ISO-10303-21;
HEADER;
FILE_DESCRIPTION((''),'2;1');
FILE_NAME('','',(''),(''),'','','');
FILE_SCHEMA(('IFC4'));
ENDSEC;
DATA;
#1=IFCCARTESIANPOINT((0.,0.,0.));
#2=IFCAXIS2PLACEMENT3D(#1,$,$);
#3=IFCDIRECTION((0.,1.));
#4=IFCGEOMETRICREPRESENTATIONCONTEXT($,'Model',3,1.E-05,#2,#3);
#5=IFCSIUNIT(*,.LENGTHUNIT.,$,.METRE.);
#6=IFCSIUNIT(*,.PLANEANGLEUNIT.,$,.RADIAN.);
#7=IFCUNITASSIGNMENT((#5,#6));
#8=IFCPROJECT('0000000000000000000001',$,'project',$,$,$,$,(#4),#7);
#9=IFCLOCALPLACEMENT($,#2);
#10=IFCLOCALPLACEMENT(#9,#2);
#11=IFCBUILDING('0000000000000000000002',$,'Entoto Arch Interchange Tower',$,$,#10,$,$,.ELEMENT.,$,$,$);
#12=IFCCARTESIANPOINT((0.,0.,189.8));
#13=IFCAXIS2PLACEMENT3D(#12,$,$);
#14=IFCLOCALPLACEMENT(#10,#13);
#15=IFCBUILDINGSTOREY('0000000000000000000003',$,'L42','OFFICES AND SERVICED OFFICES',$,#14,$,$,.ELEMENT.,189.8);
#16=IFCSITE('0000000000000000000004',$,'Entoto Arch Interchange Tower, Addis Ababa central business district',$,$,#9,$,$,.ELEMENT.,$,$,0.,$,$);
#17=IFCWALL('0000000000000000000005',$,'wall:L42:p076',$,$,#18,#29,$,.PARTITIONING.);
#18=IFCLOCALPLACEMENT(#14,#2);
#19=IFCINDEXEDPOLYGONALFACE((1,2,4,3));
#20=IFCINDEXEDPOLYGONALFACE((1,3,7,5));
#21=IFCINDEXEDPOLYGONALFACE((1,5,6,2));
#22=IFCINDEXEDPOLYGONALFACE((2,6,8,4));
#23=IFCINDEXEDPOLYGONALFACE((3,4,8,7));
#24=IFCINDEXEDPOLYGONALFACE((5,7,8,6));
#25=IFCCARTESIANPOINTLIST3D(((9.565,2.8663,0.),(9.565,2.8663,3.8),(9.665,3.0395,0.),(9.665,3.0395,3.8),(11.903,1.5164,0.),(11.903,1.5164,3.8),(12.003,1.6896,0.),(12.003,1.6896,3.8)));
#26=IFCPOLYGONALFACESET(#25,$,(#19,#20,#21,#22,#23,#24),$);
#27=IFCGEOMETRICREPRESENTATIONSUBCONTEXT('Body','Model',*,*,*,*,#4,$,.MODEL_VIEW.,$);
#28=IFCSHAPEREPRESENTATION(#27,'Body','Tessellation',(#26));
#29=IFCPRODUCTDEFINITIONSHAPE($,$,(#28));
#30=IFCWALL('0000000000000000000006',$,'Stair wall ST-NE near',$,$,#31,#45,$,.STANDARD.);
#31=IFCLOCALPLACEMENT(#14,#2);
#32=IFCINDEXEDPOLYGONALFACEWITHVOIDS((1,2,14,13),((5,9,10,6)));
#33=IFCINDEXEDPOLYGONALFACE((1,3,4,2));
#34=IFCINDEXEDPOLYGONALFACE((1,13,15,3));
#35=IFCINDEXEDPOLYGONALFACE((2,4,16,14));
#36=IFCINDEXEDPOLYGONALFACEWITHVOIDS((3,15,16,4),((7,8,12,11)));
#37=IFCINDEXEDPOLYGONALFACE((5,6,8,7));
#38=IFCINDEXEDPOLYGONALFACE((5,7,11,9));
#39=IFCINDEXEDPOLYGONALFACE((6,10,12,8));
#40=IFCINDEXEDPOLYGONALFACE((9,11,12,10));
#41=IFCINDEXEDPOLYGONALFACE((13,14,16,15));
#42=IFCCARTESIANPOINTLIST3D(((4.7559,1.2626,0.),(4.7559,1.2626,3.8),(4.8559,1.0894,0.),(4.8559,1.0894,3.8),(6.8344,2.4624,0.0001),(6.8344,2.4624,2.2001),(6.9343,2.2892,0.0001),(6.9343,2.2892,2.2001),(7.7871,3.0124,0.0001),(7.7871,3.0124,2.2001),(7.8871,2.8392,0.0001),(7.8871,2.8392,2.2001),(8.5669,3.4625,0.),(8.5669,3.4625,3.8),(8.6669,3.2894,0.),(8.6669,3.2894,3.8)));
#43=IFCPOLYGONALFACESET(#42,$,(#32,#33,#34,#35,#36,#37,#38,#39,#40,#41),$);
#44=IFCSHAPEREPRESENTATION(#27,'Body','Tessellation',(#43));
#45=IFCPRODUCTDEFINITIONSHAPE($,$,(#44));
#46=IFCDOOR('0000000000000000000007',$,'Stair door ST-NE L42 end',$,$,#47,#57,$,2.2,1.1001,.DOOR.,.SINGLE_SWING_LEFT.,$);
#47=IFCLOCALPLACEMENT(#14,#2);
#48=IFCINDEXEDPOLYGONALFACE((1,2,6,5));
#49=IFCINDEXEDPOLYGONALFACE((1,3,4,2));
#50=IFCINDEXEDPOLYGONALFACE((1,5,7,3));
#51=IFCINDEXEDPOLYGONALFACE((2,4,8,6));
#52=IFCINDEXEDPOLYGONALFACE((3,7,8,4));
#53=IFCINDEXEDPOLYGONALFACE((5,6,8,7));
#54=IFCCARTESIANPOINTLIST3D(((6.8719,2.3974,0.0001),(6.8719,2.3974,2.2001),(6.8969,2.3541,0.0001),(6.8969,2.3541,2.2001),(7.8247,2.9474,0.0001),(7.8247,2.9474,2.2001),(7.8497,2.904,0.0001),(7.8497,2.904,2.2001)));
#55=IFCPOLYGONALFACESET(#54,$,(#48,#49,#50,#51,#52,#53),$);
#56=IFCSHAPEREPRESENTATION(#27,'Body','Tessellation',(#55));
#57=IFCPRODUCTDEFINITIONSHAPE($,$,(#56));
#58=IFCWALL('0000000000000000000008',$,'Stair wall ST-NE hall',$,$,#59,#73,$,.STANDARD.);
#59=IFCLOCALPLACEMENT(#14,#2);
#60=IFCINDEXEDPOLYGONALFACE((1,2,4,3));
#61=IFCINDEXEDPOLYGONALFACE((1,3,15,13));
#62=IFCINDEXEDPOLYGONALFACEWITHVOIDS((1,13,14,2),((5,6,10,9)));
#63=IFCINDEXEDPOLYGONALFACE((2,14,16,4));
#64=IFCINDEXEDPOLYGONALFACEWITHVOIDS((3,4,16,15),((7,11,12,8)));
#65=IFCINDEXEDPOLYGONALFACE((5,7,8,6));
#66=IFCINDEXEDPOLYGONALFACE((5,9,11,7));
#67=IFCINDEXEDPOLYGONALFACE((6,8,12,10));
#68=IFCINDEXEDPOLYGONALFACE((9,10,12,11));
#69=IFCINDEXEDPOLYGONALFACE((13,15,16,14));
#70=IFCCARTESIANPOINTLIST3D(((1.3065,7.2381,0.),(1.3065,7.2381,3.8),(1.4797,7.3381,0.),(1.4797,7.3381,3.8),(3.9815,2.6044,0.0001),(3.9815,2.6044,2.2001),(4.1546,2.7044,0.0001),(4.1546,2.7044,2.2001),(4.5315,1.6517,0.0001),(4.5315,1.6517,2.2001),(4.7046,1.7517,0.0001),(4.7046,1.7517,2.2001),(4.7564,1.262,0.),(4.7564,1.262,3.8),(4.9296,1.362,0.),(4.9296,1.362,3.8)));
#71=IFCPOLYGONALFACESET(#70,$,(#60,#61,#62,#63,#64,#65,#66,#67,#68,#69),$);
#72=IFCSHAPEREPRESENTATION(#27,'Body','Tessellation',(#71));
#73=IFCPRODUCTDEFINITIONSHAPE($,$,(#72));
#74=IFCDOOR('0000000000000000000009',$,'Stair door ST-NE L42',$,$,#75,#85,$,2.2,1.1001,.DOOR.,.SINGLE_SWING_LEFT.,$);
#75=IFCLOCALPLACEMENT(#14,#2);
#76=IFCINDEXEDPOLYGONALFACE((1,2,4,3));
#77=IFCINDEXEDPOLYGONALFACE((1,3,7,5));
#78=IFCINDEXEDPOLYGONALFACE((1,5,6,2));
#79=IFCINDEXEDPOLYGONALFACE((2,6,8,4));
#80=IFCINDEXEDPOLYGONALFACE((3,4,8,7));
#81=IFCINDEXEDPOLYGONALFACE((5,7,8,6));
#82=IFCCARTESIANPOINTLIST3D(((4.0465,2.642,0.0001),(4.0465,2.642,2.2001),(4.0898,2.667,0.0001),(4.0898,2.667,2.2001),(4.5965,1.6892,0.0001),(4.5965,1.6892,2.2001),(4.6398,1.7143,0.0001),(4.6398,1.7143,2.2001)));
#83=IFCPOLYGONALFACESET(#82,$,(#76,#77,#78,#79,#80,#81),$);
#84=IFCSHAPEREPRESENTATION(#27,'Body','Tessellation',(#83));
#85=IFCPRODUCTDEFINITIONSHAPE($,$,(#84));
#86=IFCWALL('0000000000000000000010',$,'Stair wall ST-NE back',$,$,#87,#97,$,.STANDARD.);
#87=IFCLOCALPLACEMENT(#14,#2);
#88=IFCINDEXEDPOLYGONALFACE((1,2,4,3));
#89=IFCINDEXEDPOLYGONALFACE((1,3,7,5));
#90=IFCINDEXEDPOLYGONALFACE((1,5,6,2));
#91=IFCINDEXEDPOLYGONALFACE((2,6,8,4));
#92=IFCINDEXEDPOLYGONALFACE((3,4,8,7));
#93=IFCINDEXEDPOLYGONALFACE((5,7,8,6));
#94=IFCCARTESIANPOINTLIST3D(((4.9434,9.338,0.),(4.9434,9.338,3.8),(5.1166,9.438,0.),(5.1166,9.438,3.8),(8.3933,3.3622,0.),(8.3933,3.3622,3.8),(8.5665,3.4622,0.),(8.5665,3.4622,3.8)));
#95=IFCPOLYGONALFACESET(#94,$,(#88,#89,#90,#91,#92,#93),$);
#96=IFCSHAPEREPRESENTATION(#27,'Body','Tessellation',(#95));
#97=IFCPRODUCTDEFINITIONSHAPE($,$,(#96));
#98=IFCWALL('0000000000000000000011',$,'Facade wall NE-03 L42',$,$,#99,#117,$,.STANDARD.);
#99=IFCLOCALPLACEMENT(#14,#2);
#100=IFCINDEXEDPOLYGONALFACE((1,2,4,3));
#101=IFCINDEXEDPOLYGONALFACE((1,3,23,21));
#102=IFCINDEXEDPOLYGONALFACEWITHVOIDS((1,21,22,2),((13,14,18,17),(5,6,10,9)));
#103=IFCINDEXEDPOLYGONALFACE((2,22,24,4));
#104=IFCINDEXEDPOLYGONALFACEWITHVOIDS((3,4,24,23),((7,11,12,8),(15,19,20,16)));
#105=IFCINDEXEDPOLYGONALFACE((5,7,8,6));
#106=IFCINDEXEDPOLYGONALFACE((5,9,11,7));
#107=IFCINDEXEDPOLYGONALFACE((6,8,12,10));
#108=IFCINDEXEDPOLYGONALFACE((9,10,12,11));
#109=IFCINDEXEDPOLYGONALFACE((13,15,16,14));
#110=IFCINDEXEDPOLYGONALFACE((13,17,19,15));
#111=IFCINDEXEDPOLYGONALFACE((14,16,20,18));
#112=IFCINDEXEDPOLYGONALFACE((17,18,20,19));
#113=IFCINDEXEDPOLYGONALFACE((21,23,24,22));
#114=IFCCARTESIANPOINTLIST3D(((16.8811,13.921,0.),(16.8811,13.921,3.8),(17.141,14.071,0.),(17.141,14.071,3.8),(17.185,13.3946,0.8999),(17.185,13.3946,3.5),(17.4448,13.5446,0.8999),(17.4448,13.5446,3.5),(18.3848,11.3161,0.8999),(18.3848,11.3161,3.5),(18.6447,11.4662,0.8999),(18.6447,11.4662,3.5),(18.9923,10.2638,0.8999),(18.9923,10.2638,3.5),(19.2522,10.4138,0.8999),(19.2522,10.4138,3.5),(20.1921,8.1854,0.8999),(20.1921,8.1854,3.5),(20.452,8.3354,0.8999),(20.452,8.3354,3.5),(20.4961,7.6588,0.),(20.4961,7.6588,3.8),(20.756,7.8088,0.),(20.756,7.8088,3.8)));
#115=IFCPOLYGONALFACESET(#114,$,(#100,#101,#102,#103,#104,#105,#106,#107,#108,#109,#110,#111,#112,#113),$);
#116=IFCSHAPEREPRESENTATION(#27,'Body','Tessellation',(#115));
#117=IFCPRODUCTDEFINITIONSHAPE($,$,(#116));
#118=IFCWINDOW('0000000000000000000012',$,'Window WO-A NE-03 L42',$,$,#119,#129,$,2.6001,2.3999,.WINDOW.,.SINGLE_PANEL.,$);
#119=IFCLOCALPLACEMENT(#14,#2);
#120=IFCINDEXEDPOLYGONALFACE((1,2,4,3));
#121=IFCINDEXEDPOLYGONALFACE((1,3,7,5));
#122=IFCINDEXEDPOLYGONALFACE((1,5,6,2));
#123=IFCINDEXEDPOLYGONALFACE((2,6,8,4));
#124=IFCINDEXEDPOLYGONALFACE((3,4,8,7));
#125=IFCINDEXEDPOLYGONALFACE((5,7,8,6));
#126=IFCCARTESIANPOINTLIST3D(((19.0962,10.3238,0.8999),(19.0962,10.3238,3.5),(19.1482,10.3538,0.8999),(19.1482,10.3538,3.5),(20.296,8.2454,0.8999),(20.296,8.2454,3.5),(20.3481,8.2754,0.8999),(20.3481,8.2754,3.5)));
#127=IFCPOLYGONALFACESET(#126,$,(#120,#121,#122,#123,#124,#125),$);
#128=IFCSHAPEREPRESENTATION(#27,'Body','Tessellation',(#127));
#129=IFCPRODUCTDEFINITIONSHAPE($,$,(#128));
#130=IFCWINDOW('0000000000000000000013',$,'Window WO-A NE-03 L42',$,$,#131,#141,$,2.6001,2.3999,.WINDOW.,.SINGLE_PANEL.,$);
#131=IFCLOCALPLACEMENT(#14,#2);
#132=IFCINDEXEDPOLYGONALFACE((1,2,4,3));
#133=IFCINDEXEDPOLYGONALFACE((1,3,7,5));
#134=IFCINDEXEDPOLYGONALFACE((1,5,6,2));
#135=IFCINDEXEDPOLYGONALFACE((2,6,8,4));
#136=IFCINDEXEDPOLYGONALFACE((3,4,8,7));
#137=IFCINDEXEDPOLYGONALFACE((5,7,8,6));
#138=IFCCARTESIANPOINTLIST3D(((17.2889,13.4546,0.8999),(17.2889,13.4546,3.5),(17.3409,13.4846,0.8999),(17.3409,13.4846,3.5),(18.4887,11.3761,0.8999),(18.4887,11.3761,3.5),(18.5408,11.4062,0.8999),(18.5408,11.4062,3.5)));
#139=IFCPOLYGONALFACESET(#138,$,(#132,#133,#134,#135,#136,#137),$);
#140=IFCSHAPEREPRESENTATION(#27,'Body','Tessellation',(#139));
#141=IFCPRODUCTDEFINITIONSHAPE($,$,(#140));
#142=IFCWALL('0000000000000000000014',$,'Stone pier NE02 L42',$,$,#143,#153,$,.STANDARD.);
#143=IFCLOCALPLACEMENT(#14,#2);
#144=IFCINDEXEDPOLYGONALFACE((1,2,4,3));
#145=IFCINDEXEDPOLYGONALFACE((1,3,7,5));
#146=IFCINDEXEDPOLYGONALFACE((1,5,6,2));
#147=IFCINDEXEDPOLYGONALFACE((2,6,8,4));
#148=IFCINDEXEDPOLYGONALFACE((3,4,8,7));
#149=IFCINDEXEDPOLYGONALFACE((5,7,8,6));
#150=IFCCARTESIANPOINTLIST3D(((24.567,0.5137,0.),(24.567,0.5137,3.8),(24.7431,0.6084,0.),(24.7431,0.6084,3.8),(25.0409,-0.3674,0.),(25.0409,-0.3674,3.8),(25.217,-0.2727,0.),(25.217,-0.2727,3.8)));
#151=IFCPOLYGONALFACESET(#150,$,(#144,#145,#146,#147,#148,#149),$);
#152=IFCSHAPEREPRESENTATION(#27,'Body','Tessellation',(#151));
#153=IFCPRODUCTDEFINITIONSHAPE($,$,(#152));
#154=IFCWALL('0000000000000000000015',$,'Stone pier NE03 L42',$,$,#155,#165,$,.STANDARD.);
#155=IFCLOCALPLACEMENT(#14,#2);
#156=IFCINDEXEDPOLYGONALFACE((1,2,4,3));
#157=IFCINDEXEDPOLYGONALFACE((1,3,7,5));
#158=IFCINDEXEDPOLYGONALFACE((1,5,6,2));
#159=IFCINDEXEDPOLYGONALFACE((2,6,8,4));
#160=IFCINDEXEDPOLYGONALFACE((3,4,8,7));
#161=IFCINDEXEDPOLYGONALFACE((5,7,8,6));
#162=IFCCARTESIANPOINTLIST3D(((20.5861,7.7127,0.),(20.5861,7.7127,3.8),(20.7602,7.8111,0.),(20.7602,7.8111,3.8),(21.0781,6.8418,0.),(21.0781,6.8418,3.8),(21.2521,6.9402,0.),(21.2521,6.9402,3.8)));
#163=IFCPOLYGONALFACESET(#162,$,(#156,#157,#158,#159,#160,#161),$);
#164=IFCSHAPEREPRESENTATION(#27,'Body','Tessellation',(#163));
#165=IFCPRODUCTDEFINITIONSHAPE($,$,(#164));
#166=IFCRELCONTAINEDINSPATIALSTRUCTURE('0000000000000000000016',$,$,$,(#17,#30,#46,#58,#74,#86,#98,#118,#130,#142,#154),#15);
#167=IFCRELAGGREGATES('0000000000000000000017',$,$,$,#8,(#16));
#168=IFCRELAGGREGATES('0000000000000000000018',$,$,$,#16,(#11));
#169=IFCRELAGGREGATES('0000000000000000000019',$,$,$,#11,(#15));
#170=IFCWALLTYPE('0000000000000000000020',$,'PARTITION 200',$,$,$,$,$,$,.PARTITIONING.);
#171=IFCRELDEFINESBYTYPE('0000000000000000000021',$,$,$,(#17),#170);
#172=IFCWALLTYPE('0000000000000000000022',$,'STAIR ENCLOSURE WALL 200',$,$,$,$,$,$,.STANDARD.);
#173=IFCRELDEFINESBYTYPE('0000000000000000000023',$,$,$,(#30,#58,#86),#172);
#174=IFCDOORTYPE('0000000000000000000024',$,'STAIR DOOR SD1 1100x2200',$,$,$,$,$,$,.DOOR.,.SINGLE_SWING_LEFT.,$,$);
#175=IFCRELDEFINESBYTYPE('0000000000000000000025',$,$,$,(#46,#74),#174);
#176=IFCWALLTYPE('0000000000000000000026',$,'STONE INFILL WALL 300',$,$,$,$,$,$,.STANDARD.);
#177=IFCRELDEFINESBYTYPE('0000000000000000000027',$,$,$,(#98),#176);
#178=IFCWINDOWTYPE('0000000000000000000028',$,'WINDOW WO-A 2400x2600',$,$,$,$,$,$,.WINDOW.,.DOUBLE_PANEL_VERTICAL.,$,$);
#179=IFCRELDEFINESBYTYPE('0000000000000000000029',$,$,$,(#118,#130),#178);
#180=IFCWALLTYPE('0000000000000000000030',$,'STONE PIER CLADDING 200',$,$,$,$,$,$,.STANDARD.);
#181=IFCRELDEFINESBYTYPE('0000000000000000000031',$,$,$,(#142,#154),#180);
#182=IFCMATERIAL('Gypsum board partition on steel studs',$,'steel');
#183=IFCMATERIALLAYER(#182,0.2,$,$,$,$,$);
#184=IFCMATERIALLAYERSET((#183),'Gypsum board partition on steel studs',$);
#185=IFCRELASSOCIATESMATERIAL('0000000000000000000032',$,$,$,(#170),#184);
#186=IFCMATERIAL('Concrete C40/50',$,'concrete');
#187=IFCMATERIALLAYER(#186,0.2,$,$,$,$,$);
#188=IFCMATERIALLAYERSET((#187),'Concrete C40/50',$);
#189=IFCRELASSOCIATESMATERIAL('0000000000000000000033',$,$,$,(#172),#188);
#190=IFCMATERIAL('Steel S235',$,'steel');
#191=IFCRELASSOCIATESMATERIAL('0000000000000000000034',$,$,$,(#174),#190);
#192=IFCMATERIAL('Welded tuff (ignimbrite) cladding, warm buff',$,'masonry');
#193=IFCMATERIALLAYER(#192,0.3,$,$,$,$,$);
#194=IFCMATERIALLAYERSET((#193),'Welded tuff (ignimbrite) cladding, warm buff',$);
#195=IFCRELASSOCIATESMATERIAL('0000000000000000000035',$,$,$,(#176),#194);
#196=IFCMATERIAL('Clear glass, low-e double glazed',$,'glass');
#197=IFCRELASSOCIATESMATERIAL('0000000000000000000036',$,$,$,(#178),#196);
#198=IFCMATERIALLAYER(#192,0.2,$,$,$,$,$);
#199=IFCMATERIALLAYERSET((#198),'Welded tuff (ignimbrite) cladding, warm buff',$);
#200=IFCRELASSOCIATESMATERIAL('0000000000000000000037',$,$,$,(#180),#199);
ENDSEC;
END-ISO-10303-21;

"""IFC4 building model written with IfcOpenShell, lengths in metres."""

from ifc_helpers import new_model, si_unit, direction, frame, frame_2d, origin, place, context, subcontext, project, spatial, rectangle, extrude, material, layer, layer_set, type_object, element, fill, save


model = new_model("IFC4")

# Units and contexts
model_context = context("Model", 3, precision=1e-05, world=origin(), true_north=direction((0.0, 1.0)))
body_context = subcontext(model_context, "Body", "Model", "MODEL_VIEW")
ifc_project = project(units=[si_unit("LENGTHUNIT", "METRE"), si_unit("PLANEANGLEUNIT", "RADIAN")], contexts=[model_context])

# Site, building, storey
site_placement = place(None, origin())
site = spatial("IfcSite", under=ifc_project, at=site_placement, Name="Entoto Arch Interchange Tower, Addis Ababa central business district", CompositionType="ELEMENT", RefElevation=0.0)
building_placement = place(site_placement, origin())
building = spatial("IfcBuilding", under=site, at=building_placement, Name="Entoto Arch Interchange Tower", CompositionType="ELEMENT")
storey_placement = place(building_placement, frame((0.0, 0.0, 189.8)))
storey = spatial("IfcBuildingStorey", under=building, at=storey_placement, Name="L42", Description="OFFICES AND SERVICED OFFICES", CompositionType="ELEMENT", Elevation=189.8)

# Shared definitions
ifc_material_1 = material(Name="Concrete C40/50", Category="concrete")
ifc_material_2 = material(Name="Gypsum board partition on steel studs", Category="steel")

# Shared definitions
ifc_layer_1 = layer(ifc_material_2, 0.2)
ifc_layer_set_1 = layer_set([ifc_layer_1], Name="Gypsum board partition on steel studs")
wall_type_1 = type_object("IfcWallType", Name="PARTITION 200", PredefinedType="PARTITIONING", material=ifc_layer_set_1)

# Wall
wall_1_placement = place(storey_placement, frame((9.615, 2.9529, 0.0), z_axis=(0.0, 0.0, 1.0), x_axis=(0.866014, -0.50002, 0.0)))
element("IfcWall", 1, at=wall_1_placement, inside=storey, type_object=wall_type_1, Name="wall:L42:p076", PredefinedType="PARTITIONING", context=body_context, shape_type="SweptSolid", body=[
    extrude(rectangle(XDim=2.6997, YDim=0.2, at=frame_2d((1.3499, 0.0))), origin(), (0.0, 0.0, 1.0), 3.8),
])

# Walls, openings, doors
ifc_layer_2 = layer(ifc_material_1, 0.2)
ifc_layer_set_2 = layer_set([ifc_layer_2], Name="Concrete C40/50")
wall_type_2 = type_object("IfcWallType", Name="STAIR ENCLOSURE WALL 200", PredefinedType="STANDARD", material=ifc_layer_set_2)
wall_2_placement = place(storey_placement, frame((4.8059, 1.176, 0.0), z_axis=(0.0, 0.0, 1.0), x_axis=(0.86606, 0.49994, 0.0)))
wall_2 = element("IfcWall", 2, at=wall_2_placement, inside=storey, type_object=wall_type_2, Name="Stair wall ST-NE near", PredefinedType="STANDARD", context=body_context, shape_type="SweptSolid", body=[
    extrude(rectangle(XDim=4.4004, YDim=0.2, at=frame_2d((2.2002, 0.0))), origin(), (0.0, 0.0, 1.0), 3.8),
])
opening_1_placement = place(wall_2_placement, frame((2.3999, 0.0, 0.0)))
opening_1 = element("IfcOpeningElement", 3, at=opening_1_placement, cuts=wall_2, PredefinedType="OPENING", context=body_context, shape_type="SweptSolid", body=[
    extrude(rectangle(XDim=1.1001, YDim=2.2, at=frame_2d((0.55, 1.1001))), frame((0.0, 0.1099, 0.0), z_axis=(0.0, -1.0, 0.0), x_axis=(1.0, 0.0, 0.0)), (0.0, 0.0, 1.0), 0.22),
])
ifc_material_3 = material(Name="Steel S235", Category="steel")
door_type_1 = type_object("IfcDoorType", Name="STAIR DOOR SD1 1100x2200", OperationType="SINGLE_SWING_LEFT", PredefinedType="DOOR", material=ifc_material_3)
door_1_placement = place(opening_1_placement, origin())
door_1 = element("IfcDoor", 4, at=door_1_placement, inside=storey, type_object=door_type_1, Name="Stair door ST-NE L42 end", OperationType="SINGLE_SWING_LEFT", OverallHeight=2.2, OverallWidth=1.1001, PredefinedType="DOOR", context=body_context, shape_type="SweptSolid", body=[
    extrude(rectangle(XDim=1.1001, YDim=2.2, at=frame_2d((0.55, 1.1001))), frame((0.0, 0.0249, 0.0), z_axis=(0.0, -1.0, 0.0), x_axis=(1.0, 0.0, 0.0)), (0.0, 0.0, 1.0), 0.05),
])
fill(opening_1, door_1)
wall_3_placement = place(storey_placement, frame((4.843, 1.312, 0.0), z_axis=(0.0, 0.0, 1.0), x_axis=(-0.499963, 0.866047, 0.0)))
wall_3 = element("IfcWall", 5, at=wall_3_placement, inside=storey, type_object=wall_type_2, Name="Stair wall ST-NE hall", PredefinedType="STANDARD", context=body_context, shape_type="SweptSolid", body=[
    extrude(rectangle(XDim=6.9004, YDim=0.2, at=frame_2d((3.4502, 0.0))), origin(), (0.0, 0.0, 1.0), 3.8),
])
opening_2_placement = place(wall_3_placement, frame((0.45, 0.0, 0.0)))
opening_2 = element("IfcOpeningElement", 6, at=opening_2_placement, cuts=wall_3, PredefinedType="OPENING", context=body_context, shape_type="SweptSolid", body=[
    extrude(rectangle(XDim=1.1001, YDim=2.2, at=frame_2d((0.55, 1.1001))), frame((0.0, 0.1099, 0.0), z_axis=(0.0, -1.0, 0.0), x_axis=(1.0, 0.0, 0.0)), (0.0, 0.0, 1.0), 0.22),
])
door_2_placement = place(opening_2_placement, origin())
door_2 = element("IfcDoor", 7, at=door_2_placement, inside=storey, type_object=door_type_1, Name="Stair door ST-NE L42", OperationType="SINGLE_SWING_LEFT", OverallHeight=2.2, OverallWidth=1.1001, PredefinedType="DOOR", context=body_context, shape_type="SweptSolid", body=[
    extrude(rectangle(XDim=1.1001, YDim=2.2, at=frame_2d((0.55, 1.1001))), frame((0.0, 0.0249, 0.0), z_axis=(0.0, -1.0, 0.0), x_axis=(1.0, 0.0, 0.0)), (0.0, 0.0, 1.0), 0.05),
])
fill(opening_2, door_2)

# Wall
wall_4_placement = place(storey_placement, frame((8.48, 3.4121, 0.0), z_axis=(0.0, 0.0, 1.0), x_axis=(-0.499979, 0.866038, 0.0)))
element("IfcWall", 8, at=wall_4_placement, inside=storey, type_object=wall_type_2, Name="Stair wall ST-NE back", PredefinedType="STANDARD", context=body_context, shape_type="SweptSolid", body=[
    extrude(rectangle(XDim=6.9001, YDim=0.2, at=frame_2d((3.4502, 0.0))), origin(), (0.0, 0.0, 1.0), 3.8),
])

# Shared definitions
ifc_material_4 = material(Name="Welded tuff (ignimbrite) cladding, warm buff", Category="masonry")
ifc_layer_3 = layer(ifc_material_4, 0.3)
ifc_layer_set_3 = layer_set([ifc_layer_3], Name="Welded tuff (ignimbrite) cladding, warm buff")
wall_type_3 = type_object("IfcWallType", Name="STONE INFILL WALL 300", PredefinedType="STANDARD", material=ifc_layer_set_3)
ifc_material_5 = material(Name="Clear glass, low-e double glazed", Category="glass")
window_type = type_object("IfcWindowType", Name="WINDOW WO-A 2400x2600", PartitioningType="DOUBLE_PANEL_VERTICAL", PredefinedType="WINDOW", material=ifc_material_5)

# Wall, openings, windows
wall_5_placement = place(storey_placement, frame((20.626, 7.7339, 0.0), z_axis=(0.0, 0.0, 1.0), x_axis=(-0.499948, 0.866055, 0.0)))
wall_5 = element("IfcWall", 9, at=wall_5_placement, inside=storey, type_object=wall_type_3, Name="Facade wall NE-03 L42", PredefinedType="STANDARD", context=body_context, shape_type="SweptSolid", body=[
    extrude(rectangle(XDim=7.2307, YDim=0.3, at=frame_2d((3.6152, 0.0))), origin(), (0.0, 0.0, 1.0), 3.8),
])
opening_3_placement = place(wall_5_placement, frame((0.6079, 0.0, 0.8999)))
opening_3 = element("IfcOpeningElement", 10, at=opening_3_placement, cuts=wall_5, PredefinedType="OPENING", context=body_context, shape_type="SweptSolid", body=[
    extrude(rectangle(XDim=2.3999, YDim=2.6001, at=frame_2d((1.2, 1.3))), frame((0.0, 0.1602, 0.0), z_axis=(0.0, -1.0, 0.0), x_axis=(1.0, 0.0, 0.0)), (0.0, 0.0, 1.0), 0.3201),
])
opening_4_placement = place(wall_5_placement, frame((4.2229, 0.0, 0.8999)))
opening_4 = element("IfcOpeningElement", 11, at=opening_4_placement, cuts=wall_5, PredefinedType="OPENING", context=body_context, shape_type="SweptSolid", body=[
    extrude(rectangle(XDim=2.3999, YDim=2.6001, at=frame_2d((1.2, 1.3))), frame((0.0, 0.1602, 0.0), z_axis=(0.0, -1.0, 0.0), x_axis=(1.0, 0.0, 0.0)), (0.0, 0.0, 1.0), 0.3201),
])
window_1_placement = place(opening_3_placement, origin())
window_1 = element("IfcWindow", 12, at=window_1_placement, inside=storey, type_object=window_type, Name="Window WO-A NE-03 L42", OverallHeight=2.6001, OverallWidth=2.3999, PartitioningType="SINGLE_PANEL", PredefinedType="WINDOW", context=body_context, shape_type="SweptSolid", body=[
    extrude(rectangle(XDim=2.3999, YDim=2.6001, at=frame_2d((1.2, 1.3))), frame((0.0, 0.03, 0.0), z_axis=(0.0, -1.0, 0.0), x_axis=(1.0, 0.0, 0.0)), (0.0, 0.0, 1.0), 0.0601),
])
fill(opening_3, window_1)
window_2_placement = place(opening_4_placement, origin())
window_2 = element("IfcWindow", 13, at=window_2_placement, inside=storey, type_object=window_type, Name="Window WO-A NE-03 L42", OverallHeight=2.6001, OverallWidth=2.3999, PartitioningType="SINGLE_PANEL", PredefinedType="WINDOW", context=body_context, shape_type="SweptSolid", body=[
    extrude(rectangle(XDim=2.3999, YDim=2.6001, at=frame_2d((1.2, 1.3))), frame((0.0, 0.03, 0.0), z_axis=(0.0, -1.0, 0.0), x_axis=(1.0, 0.0, 0.0)), (0.0, 0.0, 1.0), 0.0601),
])
fill(opening_4, window_2)

# Walls
ifc_layer_4 = layer(ifc_material_4, 0.2)
ifc_layer_set_4 = layer_set([ifc_layer_4], Name="Welded tuff (ignimbrite) cladding, warm buff")
wall_type_4 = type_object("IfcWallType", Name="STONE PIER CLADDING 200", PredefinedType="STANDARD", material=ifc_layer_set_4)
wall_6_placement = place(storey_placement, frame((25.1289, -0.3201, 0.0), z_axis=(0.0, 0.0, 1.0), x_axis=(-0.473663, 0.880706, 0.0)))
element("IfcWall", 14, at=wall_6_placement, inside=storey, type_object=wall_type_4, Name="Stone pier NE02 L42", PredefinedType="STANDARD", context=body_context, shape_type="SweptSolid", body=[
    extrude(rectangle(XDim=1.0005, YDim=0.2, at=frame_2d((0.5002, 0.0))), origin(), (0.0, 0.0, 1.0), 3.8),
])
wall_7_placement = place(storey_placement, frame((21.165, 6.8911, 0.0), z_axis=(0.0, 0.0, 1.0), x_axis=(-0.491848, 0.870681, 0.0)))
element("IfcWall", 15, at=wall_7_placement, inside=storey, type_object=wall_type_4, Name="Stone pier NE03 L42", PredefinedType="STANDARD", context=body_context, shape_type="SweptSolid", body=[
    extrude(rectangle(XDim=1.0002, YDim=0.2, at=frame_2d((0.5, 0.0))), origin(), (0.0, 0.0, 1.0), 3.8),
])

save(model, "model.ifc")
